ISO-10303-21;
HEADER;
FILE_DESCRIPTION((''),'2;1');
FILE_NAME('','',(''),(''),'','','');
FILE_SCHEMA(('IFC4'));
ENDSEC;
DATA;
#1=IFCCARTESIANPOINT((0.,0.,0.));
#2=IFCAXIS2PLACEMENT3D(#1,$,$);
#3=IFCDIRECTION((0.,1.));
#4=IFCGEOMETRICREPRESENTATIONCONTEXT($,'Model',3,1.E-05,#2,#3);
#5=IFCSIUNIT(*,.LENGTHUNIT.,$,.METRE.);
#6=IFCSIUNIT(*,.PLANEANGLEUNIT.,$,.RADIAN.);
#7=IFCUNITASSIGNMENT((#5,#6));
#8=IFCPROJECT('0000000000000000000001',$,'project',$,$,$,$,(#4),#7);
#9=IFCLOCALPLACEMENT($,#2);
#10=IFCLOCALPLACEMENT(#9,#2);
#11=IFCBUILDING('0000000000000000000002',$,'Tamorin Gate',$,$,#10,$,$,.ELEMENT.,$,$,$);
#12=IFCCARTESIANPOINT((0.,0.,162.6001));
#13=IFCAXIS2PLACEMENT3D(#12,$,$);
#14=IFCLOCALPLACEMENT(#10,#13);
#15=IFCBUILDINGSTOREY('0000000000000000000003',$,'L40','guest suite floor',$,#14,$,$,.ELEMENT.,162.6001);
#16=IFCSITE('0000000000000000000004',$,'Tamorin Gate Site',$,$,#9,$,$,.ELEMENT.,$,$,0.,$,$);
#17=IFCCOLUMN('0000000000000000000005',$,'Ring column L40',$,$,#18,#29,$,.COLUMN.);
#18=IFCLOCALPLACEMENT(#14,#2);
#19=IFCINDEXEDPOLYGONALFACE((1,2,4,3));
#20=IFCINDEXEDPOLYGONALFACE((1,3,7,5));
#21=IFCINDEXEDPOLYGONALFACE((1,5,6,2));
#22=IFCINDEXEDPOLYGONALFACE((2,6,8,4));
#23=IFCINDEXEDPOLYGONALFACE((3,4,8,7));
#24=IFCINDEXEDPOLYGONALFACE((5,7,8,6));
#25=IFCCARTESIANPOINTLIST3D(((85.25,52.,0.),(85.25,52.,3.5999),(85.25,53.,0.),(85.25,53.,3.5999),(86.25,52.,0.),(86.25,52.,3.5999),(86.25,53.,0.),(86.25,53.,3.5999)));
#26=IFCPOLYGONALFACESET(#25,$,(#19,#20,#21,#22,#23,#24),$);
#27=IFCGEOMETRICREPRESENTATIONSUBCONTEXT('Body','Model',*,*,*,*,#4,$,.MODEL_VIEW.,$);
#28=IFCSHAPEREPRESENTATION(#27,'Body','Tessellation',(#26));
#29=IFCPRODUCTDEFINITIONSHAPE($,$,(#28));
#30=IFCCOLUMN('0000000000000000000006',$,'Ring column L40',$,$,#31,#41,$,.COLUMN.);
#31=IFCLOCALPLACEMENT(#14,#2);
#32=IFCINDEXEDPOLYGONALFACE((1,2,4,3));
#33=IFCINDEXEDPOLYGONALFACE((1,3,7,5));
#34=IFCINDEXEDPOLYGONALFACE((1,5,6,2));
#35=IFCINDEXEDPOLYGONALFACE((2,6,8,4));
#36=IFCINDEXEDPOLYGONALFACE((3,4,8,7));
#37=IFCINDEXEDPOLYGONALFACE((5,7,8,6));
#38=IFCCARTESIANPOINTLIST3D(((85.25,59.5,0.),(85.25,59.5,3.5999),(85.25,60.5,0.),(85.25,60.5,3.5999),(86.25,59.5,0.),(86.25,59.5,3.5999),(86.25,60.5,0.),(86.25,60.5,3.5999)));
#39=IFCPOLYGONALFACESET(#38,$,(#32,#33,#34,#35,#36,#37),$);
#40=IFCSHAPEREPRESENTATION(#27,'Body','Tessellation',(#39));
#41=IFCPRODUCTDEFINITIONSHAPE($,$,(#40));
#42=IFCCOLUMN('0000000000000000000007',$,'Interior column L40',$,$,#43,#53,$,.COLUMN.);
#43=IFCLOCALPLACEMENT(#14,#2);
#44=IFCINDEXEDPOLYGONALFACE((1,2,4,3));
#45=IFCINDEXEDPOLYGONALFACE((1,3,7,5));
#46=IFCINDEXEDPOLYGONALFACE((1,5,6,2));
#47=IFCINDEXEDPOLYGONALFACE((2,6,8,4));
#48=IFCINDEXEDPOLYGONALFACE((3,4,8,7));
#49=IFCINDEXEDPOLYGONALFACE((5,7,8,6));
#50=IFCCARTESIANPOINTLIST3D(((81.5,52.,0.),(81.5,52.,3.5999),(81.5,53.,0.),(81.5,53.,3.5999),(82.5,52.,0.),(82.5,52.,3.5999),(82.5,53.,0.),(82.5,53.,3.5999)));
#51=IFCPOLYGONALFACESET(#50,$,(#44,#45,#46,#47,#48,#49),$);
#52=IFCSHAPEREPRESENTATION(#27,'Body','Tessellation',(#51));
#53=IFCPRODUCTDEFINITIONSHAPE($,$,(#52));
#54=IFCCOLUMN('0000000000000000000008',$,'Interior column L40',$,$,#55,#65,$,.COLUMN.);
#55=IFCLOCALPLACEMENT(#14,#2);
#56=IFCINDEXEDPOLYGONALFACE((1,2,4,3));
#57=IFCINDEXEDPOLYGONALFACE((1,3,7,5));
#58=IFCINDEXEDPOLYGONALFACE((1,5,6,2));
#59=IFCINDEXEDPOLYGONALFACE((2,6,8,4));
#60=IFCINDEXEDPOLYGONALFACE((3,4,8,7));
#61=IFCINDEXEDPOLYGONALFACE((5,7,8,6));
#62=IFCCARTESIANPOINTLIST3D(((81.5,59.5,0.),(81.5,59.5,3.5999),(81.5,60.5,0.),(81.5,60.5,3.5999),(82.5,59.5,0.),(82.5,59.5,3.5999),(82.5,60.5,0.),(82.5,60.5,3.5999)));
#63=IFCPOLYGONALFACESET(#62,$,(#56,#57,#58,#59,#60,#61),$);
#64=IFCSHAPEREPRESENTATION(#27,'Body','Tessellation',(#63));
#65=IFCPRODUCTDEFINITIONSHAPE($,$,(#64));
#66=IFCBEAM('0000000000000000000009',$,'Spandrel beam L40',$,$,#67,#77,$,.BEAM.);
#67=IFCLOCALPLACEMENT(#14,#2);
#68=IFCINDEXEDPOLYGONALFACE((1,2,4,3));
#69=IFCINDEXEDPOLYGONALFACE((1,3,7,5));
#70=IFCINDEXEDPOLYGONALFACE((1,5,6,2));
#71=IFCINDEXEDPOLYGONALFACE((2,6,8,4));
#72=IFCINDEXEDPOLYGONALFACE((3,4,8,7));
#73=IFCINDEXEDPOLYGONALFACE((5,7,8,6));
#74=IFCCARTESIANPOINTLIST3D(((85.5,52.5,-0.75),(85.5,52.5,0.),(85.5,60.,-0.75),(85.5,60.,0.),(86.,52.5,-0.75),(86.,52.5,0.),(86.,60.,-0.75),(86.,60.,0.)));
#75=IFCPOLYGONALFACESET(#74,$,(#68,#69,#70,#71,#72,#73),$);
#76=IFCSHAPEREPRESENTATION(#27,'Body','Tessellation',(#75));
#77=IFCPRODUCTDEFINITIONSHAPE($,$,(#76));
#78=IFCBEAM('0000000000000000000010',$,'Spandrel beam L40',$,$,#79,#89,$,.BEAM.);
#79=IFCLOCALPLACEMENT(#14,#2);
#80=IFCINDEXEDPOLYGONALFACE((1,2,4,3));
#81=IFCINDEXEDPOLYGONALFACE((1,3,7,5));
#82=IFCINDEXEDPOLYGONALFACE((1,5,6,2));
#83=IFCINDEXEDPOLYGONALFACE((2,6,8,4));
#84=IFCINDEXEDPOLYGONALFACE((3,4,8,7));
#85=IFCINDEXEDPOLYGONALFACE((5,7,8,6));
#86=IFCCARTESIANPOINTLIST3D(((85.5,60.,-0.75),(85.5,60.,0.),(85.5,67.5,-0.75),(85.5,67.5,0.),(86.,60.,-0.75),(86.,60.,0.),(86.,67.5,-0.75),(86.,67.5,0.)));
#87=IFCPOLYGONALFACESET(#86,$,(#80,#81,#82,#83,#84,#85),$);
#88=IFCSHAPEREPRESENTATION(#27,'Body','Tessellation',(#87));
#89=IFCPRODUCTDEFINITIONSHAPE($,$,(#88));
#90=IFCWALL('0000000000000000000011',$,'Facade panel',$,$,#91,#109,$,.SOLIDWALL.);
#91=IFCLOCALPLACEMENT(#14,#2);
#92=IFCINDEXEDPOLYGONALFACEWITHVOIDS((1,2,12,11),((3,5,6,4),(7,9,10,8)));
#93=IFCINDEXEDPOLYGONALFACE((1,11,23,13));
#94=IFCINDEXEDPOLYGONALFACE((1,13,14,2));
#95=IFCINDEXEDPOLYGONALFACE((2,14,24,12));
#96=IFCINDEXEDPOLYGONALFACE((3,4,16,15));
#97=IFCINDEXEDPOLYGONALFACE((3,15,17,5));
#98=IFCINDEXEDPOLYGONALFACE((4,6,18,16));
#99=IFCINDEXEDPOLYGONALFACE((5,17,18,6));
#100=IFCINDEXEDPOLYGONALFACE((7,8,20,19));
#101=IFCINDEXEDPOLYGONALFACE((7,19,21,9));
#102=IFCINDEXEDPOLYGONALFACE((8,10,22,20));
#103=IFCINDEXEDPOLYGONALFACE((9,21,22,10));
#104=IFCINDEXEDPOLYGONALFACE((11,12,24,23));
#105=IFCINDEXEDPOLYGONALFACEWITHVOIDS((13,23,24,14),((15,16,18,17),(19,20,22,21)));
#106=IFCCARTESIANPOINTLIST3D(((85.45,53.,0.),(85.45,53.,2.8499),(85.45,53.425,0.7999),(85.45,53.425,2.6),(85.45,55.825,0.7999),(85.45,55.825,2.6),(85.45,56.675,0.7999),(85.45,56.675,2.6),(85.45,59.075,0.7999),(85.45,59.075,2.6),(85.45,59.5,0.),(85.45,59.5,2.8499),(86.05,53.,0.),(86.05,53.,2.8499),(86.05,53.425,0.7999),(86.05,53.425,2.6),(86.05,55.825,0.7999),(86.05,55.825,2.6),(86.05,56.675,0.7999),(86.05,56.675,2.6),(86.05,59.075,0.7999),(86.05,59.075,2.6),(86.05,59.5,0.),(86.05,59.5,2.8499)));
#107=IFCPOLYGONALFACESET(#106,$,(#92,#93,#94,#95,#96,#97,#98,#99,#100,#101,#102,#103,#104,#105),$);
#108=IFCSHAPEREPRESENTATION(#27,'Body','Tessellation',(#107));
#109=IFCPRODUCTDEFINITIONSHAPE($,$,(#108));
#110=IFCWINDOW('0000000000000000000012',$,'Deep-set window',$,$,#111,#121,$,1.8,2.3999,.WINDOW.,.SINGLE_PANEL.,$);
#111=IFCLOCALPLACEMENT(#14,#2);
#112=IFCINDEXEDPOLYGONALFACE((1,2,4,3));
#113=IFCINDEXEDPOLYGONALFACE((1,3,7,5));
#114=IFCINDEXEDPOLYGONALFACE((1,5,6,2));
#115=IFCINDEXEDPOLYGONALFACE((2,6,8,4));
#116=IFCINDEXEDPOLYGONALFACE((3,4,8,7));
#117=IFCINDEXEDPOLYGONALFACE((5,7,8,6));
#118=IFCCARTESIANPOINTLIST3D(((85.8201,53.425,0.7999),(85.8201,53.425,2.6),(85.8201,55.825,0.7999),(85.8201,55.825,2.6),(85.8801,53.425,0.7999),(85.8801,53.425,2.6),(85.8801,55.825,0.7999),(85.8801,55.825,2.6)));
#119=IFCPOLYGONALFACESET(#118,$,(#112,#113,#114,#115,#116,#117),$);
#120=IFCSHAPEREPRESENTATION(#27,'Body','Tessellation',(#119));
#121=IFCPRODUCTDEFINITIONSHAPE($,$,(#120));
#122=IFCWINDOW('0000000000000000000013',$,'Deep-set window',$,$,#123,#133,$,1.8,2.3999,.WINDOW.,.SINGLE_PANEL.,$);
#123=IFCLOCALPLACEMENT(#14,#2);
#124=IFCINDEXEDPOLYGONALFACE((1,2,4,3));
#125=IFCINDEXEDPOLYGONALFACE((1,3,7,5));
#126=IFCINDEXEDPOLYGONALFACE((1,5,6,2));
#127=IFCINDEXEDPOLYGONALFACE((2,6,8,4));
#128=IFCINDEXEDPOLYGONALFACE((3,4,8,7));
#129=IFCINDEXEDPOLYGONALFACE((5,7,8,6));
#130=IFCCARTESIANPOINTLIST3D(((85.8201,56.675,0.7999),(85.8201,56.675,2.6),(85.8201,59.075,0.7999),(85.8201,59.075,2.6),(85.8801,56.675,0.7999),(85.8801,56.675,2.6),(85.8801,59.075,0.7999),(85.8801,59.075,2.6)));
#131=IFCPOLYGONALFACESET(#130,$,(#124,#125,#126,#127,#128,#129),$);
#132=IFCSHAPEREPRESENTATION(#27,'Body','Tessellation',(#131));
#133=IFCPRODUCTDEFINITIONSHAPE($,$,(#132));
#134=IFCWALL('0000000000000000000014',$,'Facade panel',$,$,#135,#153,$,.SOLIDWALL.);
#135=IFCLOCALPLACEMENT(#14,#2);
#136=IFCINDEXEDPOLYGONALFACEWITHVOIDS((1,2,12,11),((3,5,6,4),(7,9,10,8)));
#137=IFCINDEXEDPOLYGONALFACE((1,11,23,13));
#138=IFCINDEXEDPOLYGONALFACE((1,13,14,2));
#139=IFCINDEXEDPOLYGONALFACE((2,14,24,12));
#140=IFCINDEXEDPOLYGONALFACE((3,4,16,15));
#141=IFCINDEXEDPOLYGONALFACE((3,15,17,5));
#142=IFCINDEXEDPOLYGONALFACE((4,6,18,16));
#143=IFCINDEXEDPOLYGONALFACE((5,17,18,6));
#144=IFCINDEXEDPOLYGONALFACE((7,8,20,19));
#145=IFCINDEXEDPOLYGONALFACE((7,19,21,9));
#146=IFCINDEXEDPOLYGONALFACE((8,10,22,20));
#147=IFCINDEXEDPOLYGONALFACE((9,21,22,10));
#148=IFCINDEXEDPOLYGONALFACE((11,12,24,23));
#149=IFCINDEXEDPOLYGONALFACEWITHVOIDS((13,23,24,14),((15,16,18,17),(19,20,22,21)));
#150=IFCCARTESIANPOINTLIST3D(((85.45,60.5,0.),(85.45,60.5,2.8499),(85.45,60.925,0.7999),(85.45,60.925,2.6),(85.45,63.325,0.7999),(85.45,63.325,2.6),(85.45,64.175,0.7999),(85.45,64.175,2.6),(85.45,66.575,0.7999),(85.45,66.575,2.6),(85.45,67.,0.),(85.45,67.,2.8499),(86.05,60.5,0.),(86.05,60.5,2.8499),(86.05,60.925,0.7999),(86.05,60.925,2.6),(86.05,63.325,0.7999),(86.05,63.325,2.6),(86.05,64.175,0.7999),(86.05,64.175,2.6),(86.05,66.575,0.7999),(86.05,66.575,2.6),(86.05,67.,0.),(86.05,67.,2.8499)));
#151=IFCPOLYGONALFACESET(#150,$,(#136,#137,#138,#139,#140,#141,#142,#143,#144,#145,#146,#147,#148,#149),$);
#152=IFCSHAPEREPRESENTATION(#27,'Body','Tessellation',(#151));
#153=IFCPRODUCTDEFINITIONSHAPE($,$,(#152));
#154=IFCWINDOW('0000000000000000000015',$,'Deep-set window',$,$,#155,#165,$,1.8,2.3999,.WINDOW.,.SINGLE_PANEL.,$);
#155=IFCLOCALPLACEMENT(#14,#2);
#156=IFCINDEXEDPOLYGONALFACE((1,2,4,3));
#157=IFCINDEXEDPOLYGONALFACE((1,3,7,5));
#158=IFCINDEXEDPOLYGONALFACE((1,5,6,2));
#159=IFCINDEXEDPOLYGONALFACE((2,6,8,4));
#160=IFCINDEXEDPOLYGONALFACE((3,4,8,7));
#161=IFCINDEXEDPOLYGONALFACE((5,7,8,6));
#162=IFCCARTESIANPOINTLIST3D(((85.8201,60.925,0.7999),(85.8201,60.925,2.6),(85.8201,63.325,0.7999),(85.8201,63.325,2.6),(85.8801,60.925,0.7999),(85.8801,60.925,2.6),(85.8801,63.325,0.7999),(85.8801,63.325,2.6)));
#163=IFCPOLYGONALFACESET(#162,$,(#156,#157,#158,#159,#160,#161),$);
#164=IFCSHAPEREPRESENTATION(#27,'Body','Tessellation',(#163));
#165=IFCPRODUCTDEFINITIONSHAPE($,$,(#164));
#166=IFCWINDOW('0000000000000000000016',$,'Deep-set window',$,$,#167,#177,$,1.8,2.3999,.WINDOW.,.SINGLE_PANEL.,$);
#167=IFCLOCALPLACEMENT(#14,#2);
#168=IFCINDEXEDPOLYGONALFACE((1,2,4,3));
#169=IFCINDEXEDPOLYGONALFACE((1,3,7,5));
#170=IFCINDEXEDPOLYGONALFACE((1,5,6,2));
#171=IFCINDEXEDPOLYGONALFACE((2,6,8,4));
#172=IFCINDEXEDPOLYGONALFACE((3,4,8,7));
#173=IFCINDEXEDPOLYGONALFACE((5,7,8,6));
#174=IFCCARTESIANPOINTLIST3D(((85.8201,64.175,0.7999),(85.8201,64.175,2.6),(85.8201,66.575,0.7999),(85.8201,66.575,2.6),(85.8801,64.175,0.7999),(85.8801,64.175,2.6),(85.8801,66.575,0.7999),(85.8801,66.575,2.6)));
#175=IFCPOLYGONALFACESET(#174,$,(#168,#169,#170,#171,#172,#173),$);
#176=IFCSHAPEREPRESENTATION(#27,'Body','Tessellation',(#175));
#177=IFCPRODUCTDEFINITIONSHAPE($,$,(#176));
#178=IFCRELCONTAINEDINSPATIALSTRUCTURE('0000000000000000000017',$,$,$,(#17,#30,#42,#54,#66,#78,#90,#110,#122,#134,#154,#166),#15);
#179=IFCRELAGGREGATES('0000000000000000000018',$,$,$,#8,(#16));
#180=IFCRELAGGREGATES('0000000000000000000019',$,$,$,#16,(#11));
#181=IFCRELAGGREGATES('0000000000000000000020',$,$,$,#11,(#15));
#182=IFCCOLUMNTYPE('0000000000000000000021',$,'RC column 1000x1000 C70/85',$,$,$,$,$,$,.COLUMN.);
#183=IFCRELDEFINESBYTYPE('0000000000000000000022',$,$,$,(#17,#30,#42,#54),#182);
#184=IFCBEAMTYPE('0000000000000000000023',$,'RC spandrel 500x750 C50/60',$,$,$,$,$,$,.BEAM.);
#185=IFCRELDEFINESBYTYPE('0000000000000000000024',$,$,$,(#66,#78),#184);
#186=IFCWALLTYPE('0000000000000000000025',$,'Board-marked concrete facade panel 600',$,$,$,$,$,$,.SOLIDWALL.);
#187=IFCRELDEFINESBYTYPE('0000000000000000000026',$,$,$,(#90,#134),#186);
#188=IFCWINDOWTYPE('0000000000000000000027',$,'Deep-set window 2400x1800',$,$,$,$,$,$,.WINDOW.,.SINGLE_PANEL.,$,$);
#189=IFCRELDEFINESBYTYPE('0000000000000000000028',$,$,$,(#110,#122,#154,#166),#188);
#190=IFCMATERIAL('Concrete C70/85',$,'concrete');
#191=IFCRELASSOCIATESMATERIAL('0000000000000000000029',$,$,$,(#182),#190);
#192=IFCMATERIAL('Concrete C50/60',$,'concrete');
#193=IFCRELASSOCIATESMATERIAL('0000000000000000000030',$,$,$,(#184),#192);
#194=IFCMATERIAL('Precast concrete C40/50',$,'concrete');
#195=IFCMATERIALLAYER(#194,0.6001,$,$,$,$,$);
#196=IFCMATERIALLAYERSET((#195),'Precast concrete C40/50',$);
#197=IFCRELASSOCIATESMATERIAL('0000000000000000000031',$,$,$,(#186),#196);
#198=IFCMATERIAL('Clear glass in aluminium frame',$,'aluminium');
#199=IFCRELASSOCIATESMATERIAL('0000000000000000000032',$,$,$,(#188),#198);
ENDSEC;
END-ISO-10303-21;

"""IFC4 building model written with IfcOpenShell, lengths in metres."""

from ifc_helpers import new_model, si_unit, direction, frame, frame_2d, origin, origin_2d, place, context, subcontext, project, spatial, rectangle, extrude, material, layer, layer_set, material_profile, profile_set, type_object, element, fill, save


model = new_model("IFC4")

# Units and contexts
model_context = context("Model", 3, precision=1e-05, world=origin(), true_north=direction((0.0, 1.0)))
body_context = subcontext(model_context, "Body", "Model", "MODEL_VIEW")
ifc_project = project(units=[si_unit("LENGTHUNIT", "METRE"), si_unit("PLANEANGLEUNIT", "RADIAN")], contexts=[model_context])

# Site, building, storey
site_placement = place(None, origin())
site = spatial("IfcSite", under=ifc_project, at=site_placement, Name="Tamorin Gate Site", CompositionType="ELEMENT", RefElevation=0.0)
building_placement = place(site_placement, origin())
building = spatial("IfcBuilding", under=site, at=building_placement, Name="Tamorin Gate", CompositionType="ELEMENT")
storey_placement = place(building_placement, frame((0.0, 0.0, 162.6001)))
storey = spatial("IfcBuildingStorey", under=building, at=storey_placement, Name="L40", Description="guest suite floor", CompositionType="ELEMENT", Elevation=162.6001)

# Columns
ifc_material_1 = material(Name="Concrete C70/85", Category="concrete")
ifc_material_profile_1 = material_profile(ifc_material_1, rectangle(XDim=1.0, YDim=1.0, at=origin_2d()), Name="RC 1000x1000")
ifc_profile_set_1 = profile_set([ifc_material_profile_1], Name="Concrete C70/85")
column_type = type_object("IfcColumnType", Name="RC column 1000x1000 C70/85", PredefinedType="COLUMN", material=ifc_profile_set_1)
for number, where, z_axis, x_axis, name in (
    (1, (85.75, 52.5, 0.0), (0.0, 0.0, 1.0), (1.0, 0.0, 0.0), "Ring column L40"),
    (2, (85.75, 60.0, 0.0), (0.0, 0.0, 1.0), (1.0, 0.0, 0.0), "Ring column L40"),
    (3, (82.0, 52.5, 0.0), (0.0, 0.0, 1.0), (1.0, 0.0, 0.0), "Interior column L40"),
    (4, (82.0, 60.0, 0.0), (0.0, 0.0, 1.0), (1.0, 0.0, 0.0), "Interior column L40"),
):
    element("IfcColumn", number, at=place(storey_placement, frame(where, z_axis=z_axis, x_axis=x_axis)), inside=storey, type_object=column_type, Name=name, PredefinedType="COLUMN", context=body_context, shape_type="SweptSolid", body=[
        extrude(rectangle(XDim=1.0, YDim=1.0, at=origin_2d()), origin(), (0.0, 0.0, 1.0), 3.5999),
    ])

# Beams
ifc_material_2 = material(Name="Concrete C50/60", Category="concrete")
ifc_material_profile_2 = material_profile(ifc_material_2, rectangle(XDim=0.5, YDim=0.75, at=origin_2d()), Name="RC 500x750")
ifc_profile_set_2 = profile_set([ifc_material_profile_2], Name="Concrete C50/60")
beam_type = type_object("IfcBeamType", Name="RC spandrel 500x750 C50/60", PredefinedType="BEAM", material=ifc_profile_set_2)
for number, where, z_axis, x_axis, name in (
    (5, (85.75, 52.5, -0.375), (0.0, 1.0, 0.0), (-1.0, 0.0, 0.0), "Spandrel beam L40"),
    (6, (85.75, 60.0, -0.375), (0.0, 1.0, 0.0), (-1.0, 0.0, 0.0), "Spandrel beam L40"),
):
    element("IfcBeam", number, at=place(storey_placement, frame(where, z_axis=z_axis, x_axis=x_axis)), inside=storey, type_object=beam_type, Name=name, PredefinedType="BEAM", context=body_context, shape_type="SweptSolid", body=[
        extrude(rectangle(XDim=0.5, YDim=0.75, at=origin_2d()), origin(), (0.0, 0.0, 1.0), 7.5),
    ])

# Walls, openings, windows
ifc_material_3 = material(Name="Precast concrete C40/50", Category="concrete")
ifc_layer_1 = layer(ifc_material_3, 0.6001)
ifc_layer_set_1 = layer_set([ifc_layer_1], Name="Precast concrete C40/50")
wall_type_1 = type_object("IfcWallType", Name="Board-marked concrete facade panel 600", PredefinedType="SOLIDWALL", material=ifc_layer_set_1)
wall_1_placement = place(storey_placement, frame((85.75, 53.0, 0.0), z_axis=(0.0, 0.0, 1.0), x_axis=(0.0, 1.0, 0.0)))
wall_1 = element("IfcWall", 7, at=wall_1_placement, inside=storey, type_object=wall_type_1, Name="Facade panel", PredefinedType="SOLIDWALL", context=body_context, shape_type="SweptSolid", body=[
    extrude(rectangle(XDim=6.5, YDim=0.6001, at=frame_2d((3.25, 0.0))), origin(), (0.0, 0.0, 1.0), 2.8499),
])
opening_1_placement = place(wall_1_placement, frame((0.425, 0.0, 0.8)))
opening_1 = element("IfcOpeningElement", 8, at=opening_1_placement, cuts=wall_1, PredefinedType="OPENING", context=body_context, shape_type="SweptSolid", body=[
    extrude(rectangle(XDim=2.3999, YDim=1.8, at=frame_2d((1.2, 0.8999))), frame((0.0, 0.3101, 0.0), z_axis=(0.0, -1.0, 0.0), x_axis=(1.0, 0.0, 0.0)), (0.0, 0.0, 1.0), 0.6201),
])
opening_2_placement = place(wall_1_placement, frame((3.675, 0.0, 0.8)))
opening_2 = element("IfcOpeningElement", 9, at=opening_2_placement, cuts=wall_1, PredefinedType="OPENING", context=body_context, shape_type="SweptSolid", body=[
    extrude(rectangle(XDim=2.3999, YDim=1.8, at=frame_2d((1.2, 0.8999))), frame((0.0, 0.3101, 0.0), z_axis=(0.0, -1.0, 0.0), x_axis=(1.0, 0.0, 0.0)), (0.0, 0.0, 1.0), 0.6201),
])
ifc_material_4 = material(Name="Clear glass in aluminium frame", Category="aluminium")
window_type = type_object("IfcWindowType", Name="Deep-set window 2400x1800", PartitioningType="SINGLE_PANEL", PredefinedType="WINDOW", material=ifc_material_4)
window_1_placement = place(opening_1_placement, origin())
window_1 = element("IfcWindow", 10, at=window_1_placement, inside=storey, type_object=window_type, Name="Deep-set window", OverallHeight=1.8, OverallWidth=2.3999, PartitioningType="SINGLE_PANEL", PredefinedType="WINDOW", context=body_context, shape_type="SweptSolid", body=[
    extrude(rectangle(XDim=2.3999, YDim=1.8, at=frame_2d((1.2, 0.8999))), frame((0.0, -0.0701, 0.0), z_axis=(0.0, -1.0, 0.0), x_axis=(1.0, 0.0, 0.0)), (0.0, 0.0, 1.0), 0.0601),
])
fill(opening_1, window_1)
window_2_placement = place(opening_2_placement, origin())
window_2 = element("IfcWindow", 11, at=window_2_placement, inside=storey, type_object=window_type, Name="Deep-set window", OverallHeight=1.8, OverallWidth=2.3999, PartitioningType="SINGLE_PANEL", PredefinedType="WINDOW", context=body_context, shape_type="SweptSolid", body=[
    extrude(rectangle(XDim=2.3999, YDim=1.8, at=frame_2d((1.2, 0.8999))), frame((0.0, -0.0701, 0.0), z_axis=(0.0, -1.0, 0.0), x_axis=(1.0, 0.0, 0.0)), (0.0, 0.0, 1.0), 0.0601),
])
fill(opening_2, window_2)
wall_2_placement = place(storey_placement, frame((85.75, 60.5, 0.0), z_axis=(0.0, 0.0, 1.0), x_axis=(0.0, 1.0, 0.0)))
wall_2 = element("IfcWall", 12, at=wall_2_placement, inside=storey, type_object=wall_type_1, Name="Facade panel", PredefinedType="SOLIDWALL", context=body_context, shape_type="SweptSolid", body=[
    extrude(rectangle(XDim=6.5, YDim=0.6001, at=frame_2d((3.25, 0.0))), origin(), (0.0, 0.0, 1.0), 2.8499),
])
opening_3_placement = place(wall_2_placement, frame((0.425, 0.0, 0.8)))
opening_3 = element("IfcOpeningElement", 13, at=opening_3_placement, cuts=wall_2, PredefinedType="OPENING", context=body_context, shape_type="SweptSolid", body=[
    extrude(rectangle(XDim=2.3999, YDim=1.8, at=frame_2d((1.2, 0.8999))), frame((0.0, 0.3101, 0.0), z_axis=(0.0, -1.0, 0.0), x_axis=(1.0, 0.0, 0.0)), (0.0, 0.0, 1.0), 0.6201),
])
opening_4_placement = place(wall_2_placement, frame((3.675, 0.0, 0.8)))
opening_4 = element("IfcOpeningElement", 14, at=opening_4_placement, cuts=wall_2, PredefinedType="OPENING", context=body_context, shape_type="SweptSolid", body=[
    extrude(rectangle(XDim=2.3999, YDim=1.8, at=frame_2d((1.2, 0.8999))), frame((0.0, 0.3101, 0.0), z_axis=(0.0, -1.0, 0.0), x_axis=(1.0, 0.0, 0.0)), (0.0, 0.0, 1.0), 0.6201),
])
window_3_placement = place(opening_3_placement, origin())
window_3 = element("IfcWindow", 15, at=window_3_placement, inside=storey, type_object=window_type, Name="Deep-set window", OverallHeight=1.8, OverallWidth=2.3999, PartitioningType="SINGLE_PANEL", PredefinedType="WINDOW", context=body_context, shape_type="SweptSolid", body=[
    extrude(rectangle(XDim=2.3999, YDim=1.8, at=frame_2d((1.2, 0.8999))), frame((0.0, -0.0701, 0.0), z_axis=(0.0, -1.0, 0.0), x_axis=(1.0, 0.0, 0.0)), (0.0, 0.0, 1.0), 0.0601),
])
fill(opening_3, window_3)
window_4_placement = place(opening_4_placement, origin())
window_4 = element("IfcWindow", 16, at=window_4_placement, inside=storey, type_object=window_type, Name="Deep-set window", OverallHeight=1.8, OverallWidth=2.3999, PartitioningType="SINGLE_PANEL", PredefinedType="WINDOW", context=body_context, shape_type="SweptSolid", body=[
    extrude(rectangle(XDim=2.3999, YDim=1.8, at=frame_2d((1.2, 0.8999))), frame((0.0, -0.0701, 0.0), z_axis=(0.0, -1.0, 0.0), x_axis=(1.0, 0.0, 0.0)), (0.0, 0.0, 1.0), 0.0601),
])
fill(opening_4, window_4)

save(model, "model.ifc")
